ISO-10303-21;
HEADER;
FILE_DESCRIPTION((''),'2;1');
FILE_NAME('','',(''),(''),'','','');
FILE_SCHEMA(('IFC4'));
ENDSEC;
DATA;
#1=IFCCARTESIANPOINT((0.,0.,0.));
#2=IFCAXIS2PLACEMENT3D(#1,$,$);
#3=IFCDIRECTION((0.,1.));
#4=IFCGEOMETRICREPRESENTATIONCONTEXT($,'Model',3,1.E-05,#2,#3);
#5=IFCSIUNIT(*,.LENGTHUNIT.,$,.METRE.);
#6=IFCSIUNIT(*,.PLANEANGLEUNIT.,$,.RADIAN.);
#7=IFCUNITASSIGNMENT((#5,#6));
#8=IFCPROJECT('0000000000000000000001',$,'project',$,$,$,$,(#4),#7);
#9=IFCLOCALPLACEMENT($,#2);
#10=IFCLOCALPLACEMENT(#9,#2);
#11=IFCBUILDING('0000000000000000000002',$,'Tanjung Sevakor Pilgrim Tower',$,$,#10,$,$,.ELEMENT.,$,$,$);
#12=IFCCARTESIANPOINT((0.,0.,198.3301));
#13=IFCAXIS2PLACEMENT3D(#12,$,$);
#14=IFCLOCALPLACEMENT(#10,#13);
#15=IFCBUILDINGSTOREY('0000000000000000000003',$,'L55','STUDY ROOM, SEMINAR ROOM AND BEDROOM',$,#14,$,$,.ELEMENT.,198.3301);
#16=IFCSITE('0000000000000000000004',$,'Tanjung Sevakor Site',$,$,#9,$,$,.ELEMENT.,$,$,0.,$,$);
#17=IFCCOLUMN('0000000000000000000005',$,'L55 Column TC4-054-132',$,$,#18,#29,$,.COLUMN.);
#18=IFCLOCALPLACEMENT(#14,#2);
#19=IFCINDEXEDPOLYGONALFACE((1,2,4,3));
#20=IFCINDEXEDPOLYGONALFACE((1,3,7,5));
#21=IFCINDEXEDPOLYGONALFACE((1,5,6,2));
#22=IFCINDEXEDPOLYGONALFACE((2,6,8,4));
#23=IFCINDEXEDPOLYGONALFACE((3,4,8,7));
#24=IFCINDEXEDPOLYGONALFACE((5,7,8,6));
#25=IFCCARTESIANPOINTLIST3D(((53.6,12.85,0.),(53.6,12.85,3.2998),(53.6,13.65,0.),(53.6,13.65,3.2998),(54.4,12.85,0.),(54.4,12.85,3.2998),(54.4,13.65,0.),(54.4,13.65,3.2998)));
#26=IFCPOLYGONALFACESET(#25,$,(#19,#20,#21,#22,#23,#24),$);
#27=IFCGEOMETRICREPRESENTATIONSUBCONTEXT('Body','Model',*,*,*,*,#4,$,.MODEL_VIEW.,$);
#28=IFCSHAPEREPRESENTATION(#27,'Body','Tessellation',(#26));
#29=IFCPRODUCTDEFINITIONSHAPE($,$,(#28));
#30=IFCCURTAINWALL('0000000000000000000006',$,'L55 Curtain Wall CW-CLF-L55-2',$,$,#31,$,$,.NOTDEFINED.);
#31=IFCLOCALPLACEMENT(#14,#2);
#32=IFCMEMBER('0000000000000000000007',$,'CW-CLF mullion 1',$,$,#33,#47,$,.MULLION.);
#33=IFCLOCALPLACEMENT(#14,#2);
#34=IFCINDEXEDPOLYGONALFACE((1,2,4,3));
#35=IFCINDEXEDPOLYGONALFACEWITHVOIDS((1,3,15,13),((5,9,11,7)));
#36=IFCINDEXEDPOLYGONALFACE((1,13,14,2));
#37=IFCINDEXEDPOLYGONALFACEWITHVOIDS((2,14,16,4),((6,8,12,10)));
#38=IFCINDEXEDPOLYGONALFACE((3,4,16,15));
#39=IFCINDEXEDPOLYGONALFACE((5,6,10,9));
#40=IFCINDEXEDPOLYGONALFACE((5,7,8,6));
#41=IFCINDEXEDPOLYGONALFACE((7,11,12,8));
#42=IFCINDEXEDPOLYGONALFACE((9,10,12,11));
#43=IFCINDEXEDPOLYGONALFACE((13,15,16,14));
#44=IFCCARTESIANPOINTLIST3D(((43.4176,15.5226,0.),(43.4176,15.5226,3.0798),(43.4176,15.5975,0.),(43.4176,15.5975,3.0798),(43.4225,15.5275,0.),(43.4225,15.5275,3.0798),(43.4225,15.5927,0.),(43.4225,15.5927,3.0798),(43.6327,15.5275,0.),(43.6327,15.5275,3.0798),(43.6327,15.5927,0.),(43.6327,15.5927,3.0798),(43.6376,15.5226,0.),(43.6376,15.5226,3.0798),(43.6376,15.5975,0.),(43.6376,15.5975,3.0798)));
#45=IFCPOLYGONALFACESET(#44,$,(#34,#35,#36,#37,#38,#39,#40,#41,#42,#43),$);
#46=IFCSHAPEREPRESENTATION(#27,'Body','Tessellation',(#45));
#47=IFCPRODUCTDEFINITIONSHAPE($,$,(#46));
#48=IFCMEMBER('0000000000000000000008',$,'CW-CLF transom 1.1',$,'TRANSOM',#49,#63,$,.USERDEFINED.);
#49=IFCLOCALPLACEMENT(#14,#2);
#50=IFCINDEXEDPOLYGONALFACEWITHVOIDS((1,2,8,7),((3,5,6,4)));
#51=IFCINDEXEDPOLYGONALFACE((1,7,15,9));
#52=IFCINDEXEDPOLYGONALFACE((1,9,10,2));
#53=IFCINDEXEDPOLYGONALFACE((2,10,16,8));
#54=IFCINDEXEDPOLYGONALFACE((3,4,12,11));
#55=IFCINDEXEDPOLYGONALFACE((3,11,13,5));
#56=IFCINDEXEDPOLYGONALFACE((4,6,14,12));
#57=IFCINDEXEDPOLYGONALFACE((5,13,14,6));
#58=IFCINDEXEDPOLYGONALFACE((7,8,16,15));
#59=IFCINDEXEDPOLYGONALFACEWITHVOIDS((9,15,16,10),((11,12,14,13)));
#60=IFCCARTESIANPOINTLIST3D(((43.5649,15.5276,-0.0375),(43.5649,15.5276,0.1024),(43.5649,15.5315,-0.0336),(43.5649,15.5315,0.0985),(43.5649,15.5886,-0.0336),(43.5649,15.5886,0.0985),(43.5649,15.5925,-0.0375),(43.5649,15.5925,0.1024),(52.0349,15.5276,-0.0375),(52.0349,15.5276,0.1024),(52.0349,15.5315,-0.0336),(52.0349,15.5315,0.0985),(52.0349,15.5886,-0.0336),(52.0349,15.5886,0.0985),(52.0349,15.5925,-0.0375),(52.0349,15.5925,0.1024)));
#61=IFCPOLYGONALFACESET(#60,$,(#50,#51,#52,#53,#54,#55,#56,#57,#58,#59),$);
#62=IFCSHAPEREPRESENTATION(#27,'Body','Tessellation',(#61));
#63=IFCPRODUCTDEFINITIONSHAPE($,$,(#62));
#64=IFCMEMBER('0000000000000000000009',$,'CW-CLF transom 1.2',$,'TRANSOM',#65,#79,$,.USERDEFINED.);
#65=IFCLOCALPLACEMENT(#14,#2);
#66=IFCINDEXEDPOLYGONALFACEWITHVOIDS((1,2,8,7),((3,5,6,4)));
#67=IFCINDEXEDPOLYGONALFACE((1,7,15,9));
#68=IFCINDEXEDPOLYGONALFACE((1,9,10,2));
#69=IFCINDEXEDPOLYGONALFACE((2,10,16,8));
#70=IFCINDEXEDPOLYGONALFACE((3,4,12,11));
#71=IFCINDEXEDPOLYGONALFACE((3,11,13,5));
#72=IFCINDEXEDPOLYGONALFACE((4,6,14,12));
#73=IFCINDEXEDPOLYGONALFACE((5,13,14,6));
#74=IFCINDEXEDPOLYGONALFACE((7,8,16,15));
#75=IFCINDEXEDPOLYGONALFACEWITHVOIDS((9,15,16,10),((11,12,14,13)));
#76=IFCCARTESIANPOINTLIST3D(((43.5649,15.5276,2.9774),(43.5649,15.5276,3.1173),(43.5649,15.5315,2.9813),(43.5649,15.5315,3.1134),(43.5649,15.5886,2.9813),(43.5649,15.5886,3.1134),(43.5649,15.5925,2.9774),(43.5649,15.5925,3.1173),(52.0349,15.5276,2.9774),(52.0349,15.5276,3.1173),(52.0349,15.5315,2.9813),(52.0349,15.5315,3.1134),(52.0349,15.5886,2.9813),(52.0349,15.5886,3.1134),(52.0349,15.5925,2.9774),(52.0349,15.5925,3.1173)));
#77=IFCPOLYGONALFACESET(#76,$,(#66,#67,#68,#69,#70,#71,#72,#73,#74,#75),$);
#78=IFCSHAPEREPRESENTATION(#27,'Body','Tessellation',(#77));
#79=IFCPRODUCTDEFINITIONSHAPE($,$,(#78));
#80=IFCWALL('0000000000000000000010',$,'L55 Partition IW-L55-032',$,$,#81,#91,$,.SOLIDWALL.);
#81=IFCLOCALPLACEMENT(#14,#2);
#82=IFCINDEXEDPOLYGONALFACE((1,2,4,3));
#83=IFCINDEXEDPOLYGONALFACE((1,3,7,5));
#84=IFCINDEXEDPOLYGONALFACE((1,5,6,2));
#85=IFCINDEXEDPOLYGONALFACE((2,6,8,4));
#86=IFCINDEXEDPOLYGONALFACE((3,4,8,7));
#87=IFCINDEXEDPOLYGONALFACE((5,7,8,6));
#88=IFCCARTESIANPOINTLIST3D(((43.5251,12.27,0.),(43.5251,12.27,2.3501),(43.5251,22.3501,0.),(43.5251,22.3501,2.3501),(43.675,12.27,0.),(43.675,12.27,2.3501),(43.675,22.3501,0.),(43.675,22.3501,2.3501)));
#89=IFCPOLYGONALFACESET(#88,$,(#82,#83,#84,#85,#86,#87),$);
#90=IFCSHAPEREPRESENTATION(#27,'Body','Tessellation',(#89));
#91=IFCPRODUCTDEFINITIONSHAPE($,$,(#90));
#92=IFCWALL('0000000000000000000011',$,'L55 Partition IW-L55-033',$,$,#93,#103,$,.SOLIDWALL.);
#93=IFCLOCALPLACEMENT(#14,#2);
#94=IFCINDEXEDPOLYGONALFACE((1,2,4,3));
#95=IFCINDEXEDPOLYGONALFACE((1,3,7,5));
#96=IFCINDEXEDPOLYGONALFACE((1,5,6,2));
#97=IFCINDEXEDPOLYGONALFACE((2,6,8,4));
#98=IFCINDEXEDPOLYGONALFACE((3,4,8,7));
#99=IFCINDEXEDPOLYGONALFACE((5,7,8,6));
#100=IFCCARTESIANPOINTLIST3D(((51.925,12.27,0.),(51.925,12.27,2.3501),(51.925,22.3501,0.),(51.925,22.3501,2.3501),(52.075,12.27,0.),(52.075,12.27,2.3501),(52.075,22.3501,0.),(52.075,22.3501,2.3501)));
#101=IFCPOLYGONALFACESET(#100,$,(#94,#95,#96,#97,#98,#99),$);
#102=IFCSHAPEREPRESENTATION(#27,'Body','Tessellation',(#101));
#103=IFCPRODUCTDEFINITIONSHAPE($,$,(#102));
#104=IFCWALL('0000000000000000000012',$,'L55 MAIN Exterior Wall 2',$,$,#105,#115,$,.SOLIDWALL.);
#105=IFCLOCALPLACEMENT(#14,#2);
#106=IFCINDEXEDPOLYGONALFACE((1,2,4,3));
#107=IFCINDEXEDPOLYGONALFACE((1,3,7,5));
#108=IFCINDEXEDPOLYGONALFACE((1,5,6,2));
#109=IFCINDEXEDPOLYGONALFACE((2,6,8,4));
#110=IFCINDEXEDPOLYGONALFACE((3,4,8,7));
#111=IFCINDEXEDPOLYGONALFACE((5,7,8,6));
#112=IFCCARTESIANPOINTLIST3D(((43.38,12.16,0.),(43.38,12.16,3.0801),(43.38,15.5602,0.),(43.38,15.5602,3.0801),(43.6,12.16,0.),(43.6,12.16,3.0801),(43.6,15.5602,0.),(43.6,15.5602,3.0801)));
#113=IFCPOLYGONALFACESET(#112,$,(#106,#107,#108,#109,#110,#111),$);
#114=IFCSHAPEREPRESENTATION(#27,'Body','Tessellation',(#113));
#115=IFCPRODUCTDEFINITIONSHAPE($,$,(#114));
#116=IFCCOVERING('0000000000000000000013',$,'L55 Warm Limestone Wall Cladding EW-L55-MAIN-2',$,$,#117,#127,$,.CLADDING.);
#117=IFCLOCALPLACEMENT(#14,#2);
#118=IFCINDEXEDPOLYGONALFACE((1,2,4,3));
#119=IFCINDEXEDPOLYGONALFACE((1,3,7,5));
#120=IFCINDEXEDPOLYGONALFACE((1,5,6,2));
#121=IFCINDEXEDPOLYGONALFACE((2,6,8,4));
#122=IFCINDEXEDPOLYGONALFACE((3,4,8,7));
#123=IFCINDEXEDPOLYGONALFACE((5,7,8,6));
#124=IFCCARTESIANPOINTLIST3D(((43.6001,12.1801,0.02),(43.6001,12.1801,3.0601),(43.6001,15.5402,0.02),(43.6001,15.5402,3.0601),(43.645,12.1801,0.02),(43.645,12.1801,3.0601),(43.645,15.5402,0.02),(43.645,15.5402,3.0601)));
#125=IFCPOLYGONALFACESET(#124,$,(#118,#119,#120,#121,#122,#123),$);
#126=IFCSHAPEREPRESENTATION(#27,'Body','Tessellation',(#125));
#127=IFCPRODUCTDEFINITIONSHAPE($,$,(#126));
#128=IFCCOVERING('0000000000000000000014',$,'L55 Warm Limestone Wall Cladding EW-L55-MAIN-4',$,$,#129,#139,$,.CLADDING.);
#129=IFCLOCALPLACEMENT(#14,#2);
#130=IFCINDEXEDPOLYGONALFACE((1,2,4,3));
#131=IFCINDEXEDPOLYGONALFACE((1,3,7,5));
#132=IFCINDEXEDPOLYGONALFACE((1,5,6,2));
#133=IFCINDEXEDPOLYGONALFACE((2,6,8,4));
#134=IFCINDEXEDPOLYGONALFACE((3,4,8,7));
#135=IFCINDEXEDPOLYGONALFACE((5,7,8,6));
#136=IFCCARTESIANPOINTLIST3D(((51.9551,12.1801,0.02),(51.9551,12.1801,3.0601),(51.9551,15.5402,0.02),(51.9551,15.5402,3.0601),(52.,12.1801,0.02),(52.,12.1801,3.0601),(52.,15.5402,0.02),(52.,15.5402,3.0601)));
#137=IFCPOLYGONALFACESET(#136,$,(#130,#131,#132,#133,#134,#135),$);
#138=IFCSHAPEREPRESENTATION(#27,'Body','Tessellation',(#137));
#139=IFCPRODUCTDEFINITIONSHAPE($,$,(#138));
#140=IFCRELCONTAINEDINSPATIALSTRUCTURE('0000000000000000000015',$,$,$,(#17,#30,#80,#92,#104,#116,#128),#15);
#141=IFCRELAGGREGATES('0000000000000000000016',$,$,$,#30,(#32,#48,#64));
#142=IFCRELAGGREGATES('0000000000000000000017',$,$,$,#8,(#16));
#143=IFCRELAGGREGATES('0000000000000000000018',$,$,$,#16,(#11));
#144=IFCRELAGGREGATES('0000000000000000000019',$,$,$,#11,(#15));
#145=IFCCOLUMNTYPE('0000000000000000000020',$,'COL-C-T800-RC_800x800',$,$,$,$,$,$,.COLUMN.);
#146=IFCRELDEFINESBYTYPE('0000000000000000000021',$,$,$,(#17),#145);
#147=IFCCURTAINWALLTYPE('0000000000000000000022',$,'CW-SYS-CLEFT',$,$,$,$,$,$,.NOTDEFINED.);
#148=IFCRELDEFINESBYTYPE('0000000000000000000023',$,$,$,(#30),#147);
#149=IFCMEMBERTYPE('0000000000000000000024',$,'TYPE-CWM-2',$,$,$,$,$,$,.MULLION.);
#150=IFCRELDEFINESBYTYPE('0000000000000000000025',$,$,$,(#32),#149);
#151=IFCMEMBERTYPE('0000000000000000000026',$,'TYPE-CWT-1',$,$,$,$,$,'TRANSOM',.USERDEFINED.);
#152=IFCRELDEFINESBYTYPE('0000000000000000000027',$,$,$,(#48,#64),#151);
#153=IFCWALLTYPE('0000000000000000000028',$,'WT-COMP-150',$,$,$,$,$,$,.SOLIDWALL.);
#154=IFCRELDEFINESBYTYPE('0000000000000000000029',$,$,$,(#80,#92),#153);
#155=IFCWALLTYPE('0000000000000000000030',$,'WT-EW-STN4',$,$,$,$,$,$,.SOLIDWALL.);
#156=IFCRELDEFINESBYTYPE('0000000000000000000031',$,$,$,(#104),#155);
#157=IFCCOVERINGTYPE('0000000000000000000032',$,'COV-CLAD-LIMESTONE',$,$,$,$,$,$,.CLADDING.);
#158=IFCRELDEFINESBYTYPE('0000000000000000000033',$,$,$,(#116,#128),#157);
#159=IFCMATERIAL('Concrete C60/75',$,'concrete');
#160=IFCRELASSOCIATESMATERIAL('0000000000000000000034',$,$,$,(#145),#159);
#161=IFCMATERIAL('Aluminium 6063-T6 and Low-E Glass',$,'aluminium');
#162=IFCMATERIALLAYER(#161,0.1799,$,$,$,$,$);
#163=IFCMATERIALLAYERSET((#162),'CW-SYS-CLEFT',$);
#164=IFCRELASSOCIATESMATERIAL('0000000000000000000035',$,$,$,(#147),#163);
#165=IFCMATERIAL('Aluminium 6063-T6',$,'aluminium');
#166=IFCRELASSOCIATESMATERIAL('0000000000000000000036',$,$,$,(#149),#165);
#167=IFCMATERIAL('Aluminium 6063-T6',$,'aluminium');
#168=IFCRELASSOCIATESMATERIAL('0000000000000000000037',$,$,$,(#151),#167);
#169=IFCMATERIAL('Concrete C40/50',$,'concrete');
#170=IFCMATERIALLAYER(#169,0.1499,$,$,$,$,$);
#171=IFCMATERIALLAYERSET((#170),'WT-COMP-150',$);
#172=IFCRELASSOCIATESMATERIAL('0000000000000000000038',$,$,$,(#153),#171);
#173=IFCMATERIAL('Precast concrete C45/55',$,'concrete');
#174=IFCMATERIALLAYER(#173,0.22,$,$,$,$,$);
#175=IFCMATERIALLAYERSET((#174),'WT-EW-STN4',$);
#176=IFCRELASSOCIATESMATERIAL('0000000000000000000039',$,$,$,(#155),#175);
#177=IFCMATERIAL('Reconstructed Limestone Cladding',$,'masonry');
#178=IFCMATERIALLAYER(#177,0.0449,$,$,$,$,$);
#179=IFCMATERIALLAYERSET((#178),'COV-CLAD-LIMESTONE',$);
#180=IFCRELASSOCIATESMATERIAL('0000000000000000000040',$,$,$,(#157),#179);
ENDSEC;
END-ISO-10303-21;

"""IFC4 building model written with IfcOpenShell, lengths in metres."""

from ifc_helpers import new_model, si_unit, direction, frame, frame_2d, origin, origin_2d, place, context, subcontext, project, spatial, rectangle, hollow_rectangle, extrude, material, layer, layer_set, material_profile, profile_set, type_object, element, aggregate, save


model = new_model("IFC4")

# Units and contexts
model_context = context("Model", 3, precision=1e-05, world=origin(), true_north=direction((0.0, 1.0)))
body_context = subcontext(model_context, "Body", "Model", "MODEL_VIEW")
ifc_project = project(units=[si_unit("LENGTHUNIT", "METRE"), si_unit("PLANEANGLEUNIT", "RADIAN")], contexts=[model_context])

# Site, building, storey
site_placement = place(None, origin())
site = spatial("IfcSite", under=ifc_project, at=site_placement, Name="Tanjung Sevakor Site", CompositionType="ELEMENT", RefElevation=0.0)
building_placement = place(site_placement, origin())
building = spatial("IfcBuilding", under=site, at=building_placement, Name="Tanjung Sevakor Pilgrim Tower", CompositionType="ELEMENT")
storey_placement = place(building_placement, frame((0.0, 0.0, 198.3301)))
storey = spatial("IfcBuildingStorey", under=building, at=storey_placement, Name="L55", Description="STUDY ROOM, SEMINAR ROOM AND BEDROOM", CompositionType="ELEMENT", Elevation=198.3301)

# Column
ifc_material_1 = material(Name="Concrete C60/75", Category="concrete")
ifc_material_profile_1 = material_profile(ifc_material_1, rectangle(XDim=0.8, YDim=0.8, at=origin_2d()))
ifc_profile_set_1 = profile_set([ifc_material_profile_1], Name="Concrete C60/75")
column_type = type_object("IfcColumnType", Name="COL-C-T800-RC_800x800", PredefinedType="COLUMN", material=ifc_profile_set_1)
column_placement = place(storey_placement, frame((54.0, 13.25, 0.0), z_axis=(0.0, 0.0, 1.0), x_axis=(1.0, 0.0, 0.0)))
element("IfcColumn", 1, at=column_placement, inside=storey, type_object=column_type, Name="L55 Column TC4-054-132", PredefinedType="COLUMN", context=body_context, shape_type="SweptSolid", body=[
    extrude(rectangle(XDim=0.8, YDim=0.8, at=origin_2d()), origin(), (0.0, 0.0, 1.0), 3.2998),
])

# Curtain wall, members
ifc_material_2 = material(Name="Aluminium 6063-T6 and Low-E Glass", Category="aluminium")
ifc_layer_1 = layer(ifc_material_2, 0.1799)
ifc_layer_set_1 = layer_set([ifc_layer_1], Name="CW-SYS-CLEFT")
curtain_wall_type = type_object("IfcCurtainWallType", Name="CW-SYS-CLEFT", PredefinedType="NOTDEFINED", material=ifc_layer_set_1)
curtain_wall_placement = place(storey_placement, origin())
curtain_wall = element("IfcCurtainWall", 2, at=curtain_wall_placement, inside=storey, type_object=curtain_wall_type, Name="L55 Curtain Wall CW-CLF-L55-2", PredefinedType="NOTDEFINED")
ifc_material_3 = material(Name="Aluminium 6063-T6", Category="aluminium")
ifc_material_profile_2 = material_profile(ifc_material_3, hollow_rectangle(XDim=0.075, YDim=0.22, WallThickness=0.0049, at=origin_2d()))
ifc_profile_set_2 = profile_set([ifc_material_profile_2], Name="Aluminium 6063-T6")
member_type_1 = type_object("IfcMemberType", Name="TYPE-CWM-2", PredefinedType="MULLION", material=ifc_profile_set_2)
member_1_placement = place(storey_placement, frame((43.5276, 15.5601, 0.0), z_axis=(0.0, 0.0, 1.0), x_axis=(0.0, 1.0, 0.0)))
member_1 = element("IfcMember", 3, at=member_1_placement, type_object=member_type_1, Name="CW-CLF mullion 1", PredefinedType="MULLION", context=body_context, shape_type="SweptSolid", body=[
    extrude(hollow_rectangle(XDim=0.075, YDim=0.22, WallThickness=0.0049, at=origin_2d()), origin(), (0.0, 0.0, 1.0), 3.0798),
])
ifc_material_4 = material(Name="Aluminium 6063-T6", Category="aluminium")
ifc_material_profile_3 = material_profile(ifc_material_4, hollow_rectangle(XDim=0.0649, YDim=0.1399, WallThickness=0.0039, at=origin_2d()))
ifc_profile_set_3 = profile_set([ifc_material_profile_3], Name="Aluminium 6063-T6")
member_type_2 = type_object("IfcMemberType", Name="TYPE-CWT-1", ElementType="TRANSOM", PredefinedType="USERDEFINED", material=ifc_profile_set_3)
member_2_placement = place(storey_placement, frame((43.5649, 15.5601, 0.0325), z_axis=(1.0, 0.0, 0.0), x_axis=(0.0, 1.0, 0.0)))
member_2 = element("IfcMember", 4, at=member_2_placement, type_object=member_type_2, Name="CW-CLF transom 1.1", ObjectType="TRANSOM", PredefinedType="USERDEFINED", context=body_context, shape_type="SweptSolid", body=[
    extrude(hollow_rectangle(XDim=0.0649, YDim=0.1399, WallThickness=0.0039, at=origin_2d()), origin(), (0.0, 0.0, 1.0), 8.47),
])
member_3_placement = place(storey_placement, frame((43.5649, 15.5601, 3.0474), z_axis=(1.0, 0.0, 0.0), x_axis=(0.0, 1.0, 0.0)))
member_3 = element("IfcMember", 5, at=member_3_placement, type_object=member_type_2, Name="CW-CLF transom 1.2", ObjectType="TRANSOM", PredefinedType="USERDEFINED", context=body_context, shape_type="SweptSolid", body=[
    extrude(hollow_rectangle(XDim=0.0649, YDim=0.1399, WallThickness=0.0039, at=origin_2d()), origin(), (0.0, 0.0, 1.0), 8.47),
])
aggregate(curtain_wall, [member_1, member_2, member_3])

# Walls
ifc_material_5 = material(Name="Concrete C40/50", Category="concrete")
ifc_layer_2 = layer(ifc_material_5, 0.1499)
ifc_layer_set_2 = layer_set([ifc_layer_2], Name="WT-COMP-150")
wall_type_1 = type_object("IfcWallType", Name="WT-COMP-150", PredefinedType="SOLIDWALL", material=ifc_layer_set_2)
for number, where, z_axis, x_axis, name in (
    (6, (43.6001, 12.27, 0.0), (0.0, 0.0, 1.0), (0.0, 1.0, 0.0), "L55 Partition IW-L55-032"),
    (7, (52.0, 12.27, 0.0), (0.0, 0.0, 1.0), (0.0, 1.0, 0.0), "L55 Partition IW-L55-033"),
):
    element("IfcWall", number, at=place(storey_placement, frame(where, z_axis=z_axis, x_axis=x_axis)), inside=storey, type_object=wall_type_1, Name=name, PredefinedType="SOLIDWALL", context=body_context, shape_type="SweptSolid", body=[
        extrude(rectangle(XDim=10.0801, YDim=0.1499, at=frame_2d((5.04, 0.0))), origin(), (0.0, 0.0, 1.0), 2.3501),
    ])
ifc_material_6 = material(Name="Precast concrete C45/55", Category="concrete")
ifc_layer_3 = layer(ifc_material_6, 0.22)
ifc_layer_set_3 = layer_set([ifc_layer_3], Name="WT-EW-STN4")
wall_type_2 = type_object("IfcWallType", Name="WT-EW-STN4", PredefinedType="SOLIDWALL", material=ifc_layer_set_3)
wall_1_placement = place(storey_placement, frame((43.49, 12.1599, 0.0), z_axis=(0.0, 0.0, 1.0), x_axis=(0.0, 1.0, 0.0)))
element("IfcWall", 8, at=wall_1_placement, inside=storey, type_object=wall_type_2, Name="L55 MAIN Exterior Wall 2", PredefinedType="SOLIDWALL", context=body_context, shape_type="SweptSolid", body=[
    extrude(rectangle(XDim=3.4001, YDim=0.22, at=frame_2d((1.7002, 0.0))), origin(), (0.0, 0.0, 1.0), 3.0801),
])

# Coverings
ifc_material_7 = material(Name="Reconstructed Limestone Cladding", Category="masonry")
ifc_layer_4 = layer(ifc_material_7, 0.0449)
ifc_layer_set_4 = layer_set([ifc_layer_4], Name="COV-CLAD-LIMESTONE")
covering_type = type_object("IfcCoveringType", Name="COV-CLAD-LIMESTONE", PredefinedType="CLADDING", material=ifc_layer_set_4)
for number, where, z_axis, x_axis, name in (
    (9, (43.6226, 13.8601, 0.02), (0.0, 0.0, 1.0), (0.0, 1.0, 0.0), "L55 Warm Limestone Wall Cladding EW-L55-MAIN-2"),
    (10, (51.9775, 13.8601, 0.02), (0.0, 0.0, 1.0), (0.0, -1.0, 0.0), "L55 Warm Limestone Wall Cladding EW-L55-MAIN-4"),
):
    element("IfcCovering", number, at=place(storey_placement, frame(where, z_axis=z_axis, x_axis=x_axis)), inside=storey, type_object=covering_type, Name=name, PredefinedType="CLADDING", context=body_context, shape_type="SweptSolid", body=[
        extrude(rectangle(XDim=3.3601, YDim=0.0449, at=origin_2d()), origin(), (0.0, 0.0, 1.0), 3.04),
    ])

save(model, "model.ifc")
